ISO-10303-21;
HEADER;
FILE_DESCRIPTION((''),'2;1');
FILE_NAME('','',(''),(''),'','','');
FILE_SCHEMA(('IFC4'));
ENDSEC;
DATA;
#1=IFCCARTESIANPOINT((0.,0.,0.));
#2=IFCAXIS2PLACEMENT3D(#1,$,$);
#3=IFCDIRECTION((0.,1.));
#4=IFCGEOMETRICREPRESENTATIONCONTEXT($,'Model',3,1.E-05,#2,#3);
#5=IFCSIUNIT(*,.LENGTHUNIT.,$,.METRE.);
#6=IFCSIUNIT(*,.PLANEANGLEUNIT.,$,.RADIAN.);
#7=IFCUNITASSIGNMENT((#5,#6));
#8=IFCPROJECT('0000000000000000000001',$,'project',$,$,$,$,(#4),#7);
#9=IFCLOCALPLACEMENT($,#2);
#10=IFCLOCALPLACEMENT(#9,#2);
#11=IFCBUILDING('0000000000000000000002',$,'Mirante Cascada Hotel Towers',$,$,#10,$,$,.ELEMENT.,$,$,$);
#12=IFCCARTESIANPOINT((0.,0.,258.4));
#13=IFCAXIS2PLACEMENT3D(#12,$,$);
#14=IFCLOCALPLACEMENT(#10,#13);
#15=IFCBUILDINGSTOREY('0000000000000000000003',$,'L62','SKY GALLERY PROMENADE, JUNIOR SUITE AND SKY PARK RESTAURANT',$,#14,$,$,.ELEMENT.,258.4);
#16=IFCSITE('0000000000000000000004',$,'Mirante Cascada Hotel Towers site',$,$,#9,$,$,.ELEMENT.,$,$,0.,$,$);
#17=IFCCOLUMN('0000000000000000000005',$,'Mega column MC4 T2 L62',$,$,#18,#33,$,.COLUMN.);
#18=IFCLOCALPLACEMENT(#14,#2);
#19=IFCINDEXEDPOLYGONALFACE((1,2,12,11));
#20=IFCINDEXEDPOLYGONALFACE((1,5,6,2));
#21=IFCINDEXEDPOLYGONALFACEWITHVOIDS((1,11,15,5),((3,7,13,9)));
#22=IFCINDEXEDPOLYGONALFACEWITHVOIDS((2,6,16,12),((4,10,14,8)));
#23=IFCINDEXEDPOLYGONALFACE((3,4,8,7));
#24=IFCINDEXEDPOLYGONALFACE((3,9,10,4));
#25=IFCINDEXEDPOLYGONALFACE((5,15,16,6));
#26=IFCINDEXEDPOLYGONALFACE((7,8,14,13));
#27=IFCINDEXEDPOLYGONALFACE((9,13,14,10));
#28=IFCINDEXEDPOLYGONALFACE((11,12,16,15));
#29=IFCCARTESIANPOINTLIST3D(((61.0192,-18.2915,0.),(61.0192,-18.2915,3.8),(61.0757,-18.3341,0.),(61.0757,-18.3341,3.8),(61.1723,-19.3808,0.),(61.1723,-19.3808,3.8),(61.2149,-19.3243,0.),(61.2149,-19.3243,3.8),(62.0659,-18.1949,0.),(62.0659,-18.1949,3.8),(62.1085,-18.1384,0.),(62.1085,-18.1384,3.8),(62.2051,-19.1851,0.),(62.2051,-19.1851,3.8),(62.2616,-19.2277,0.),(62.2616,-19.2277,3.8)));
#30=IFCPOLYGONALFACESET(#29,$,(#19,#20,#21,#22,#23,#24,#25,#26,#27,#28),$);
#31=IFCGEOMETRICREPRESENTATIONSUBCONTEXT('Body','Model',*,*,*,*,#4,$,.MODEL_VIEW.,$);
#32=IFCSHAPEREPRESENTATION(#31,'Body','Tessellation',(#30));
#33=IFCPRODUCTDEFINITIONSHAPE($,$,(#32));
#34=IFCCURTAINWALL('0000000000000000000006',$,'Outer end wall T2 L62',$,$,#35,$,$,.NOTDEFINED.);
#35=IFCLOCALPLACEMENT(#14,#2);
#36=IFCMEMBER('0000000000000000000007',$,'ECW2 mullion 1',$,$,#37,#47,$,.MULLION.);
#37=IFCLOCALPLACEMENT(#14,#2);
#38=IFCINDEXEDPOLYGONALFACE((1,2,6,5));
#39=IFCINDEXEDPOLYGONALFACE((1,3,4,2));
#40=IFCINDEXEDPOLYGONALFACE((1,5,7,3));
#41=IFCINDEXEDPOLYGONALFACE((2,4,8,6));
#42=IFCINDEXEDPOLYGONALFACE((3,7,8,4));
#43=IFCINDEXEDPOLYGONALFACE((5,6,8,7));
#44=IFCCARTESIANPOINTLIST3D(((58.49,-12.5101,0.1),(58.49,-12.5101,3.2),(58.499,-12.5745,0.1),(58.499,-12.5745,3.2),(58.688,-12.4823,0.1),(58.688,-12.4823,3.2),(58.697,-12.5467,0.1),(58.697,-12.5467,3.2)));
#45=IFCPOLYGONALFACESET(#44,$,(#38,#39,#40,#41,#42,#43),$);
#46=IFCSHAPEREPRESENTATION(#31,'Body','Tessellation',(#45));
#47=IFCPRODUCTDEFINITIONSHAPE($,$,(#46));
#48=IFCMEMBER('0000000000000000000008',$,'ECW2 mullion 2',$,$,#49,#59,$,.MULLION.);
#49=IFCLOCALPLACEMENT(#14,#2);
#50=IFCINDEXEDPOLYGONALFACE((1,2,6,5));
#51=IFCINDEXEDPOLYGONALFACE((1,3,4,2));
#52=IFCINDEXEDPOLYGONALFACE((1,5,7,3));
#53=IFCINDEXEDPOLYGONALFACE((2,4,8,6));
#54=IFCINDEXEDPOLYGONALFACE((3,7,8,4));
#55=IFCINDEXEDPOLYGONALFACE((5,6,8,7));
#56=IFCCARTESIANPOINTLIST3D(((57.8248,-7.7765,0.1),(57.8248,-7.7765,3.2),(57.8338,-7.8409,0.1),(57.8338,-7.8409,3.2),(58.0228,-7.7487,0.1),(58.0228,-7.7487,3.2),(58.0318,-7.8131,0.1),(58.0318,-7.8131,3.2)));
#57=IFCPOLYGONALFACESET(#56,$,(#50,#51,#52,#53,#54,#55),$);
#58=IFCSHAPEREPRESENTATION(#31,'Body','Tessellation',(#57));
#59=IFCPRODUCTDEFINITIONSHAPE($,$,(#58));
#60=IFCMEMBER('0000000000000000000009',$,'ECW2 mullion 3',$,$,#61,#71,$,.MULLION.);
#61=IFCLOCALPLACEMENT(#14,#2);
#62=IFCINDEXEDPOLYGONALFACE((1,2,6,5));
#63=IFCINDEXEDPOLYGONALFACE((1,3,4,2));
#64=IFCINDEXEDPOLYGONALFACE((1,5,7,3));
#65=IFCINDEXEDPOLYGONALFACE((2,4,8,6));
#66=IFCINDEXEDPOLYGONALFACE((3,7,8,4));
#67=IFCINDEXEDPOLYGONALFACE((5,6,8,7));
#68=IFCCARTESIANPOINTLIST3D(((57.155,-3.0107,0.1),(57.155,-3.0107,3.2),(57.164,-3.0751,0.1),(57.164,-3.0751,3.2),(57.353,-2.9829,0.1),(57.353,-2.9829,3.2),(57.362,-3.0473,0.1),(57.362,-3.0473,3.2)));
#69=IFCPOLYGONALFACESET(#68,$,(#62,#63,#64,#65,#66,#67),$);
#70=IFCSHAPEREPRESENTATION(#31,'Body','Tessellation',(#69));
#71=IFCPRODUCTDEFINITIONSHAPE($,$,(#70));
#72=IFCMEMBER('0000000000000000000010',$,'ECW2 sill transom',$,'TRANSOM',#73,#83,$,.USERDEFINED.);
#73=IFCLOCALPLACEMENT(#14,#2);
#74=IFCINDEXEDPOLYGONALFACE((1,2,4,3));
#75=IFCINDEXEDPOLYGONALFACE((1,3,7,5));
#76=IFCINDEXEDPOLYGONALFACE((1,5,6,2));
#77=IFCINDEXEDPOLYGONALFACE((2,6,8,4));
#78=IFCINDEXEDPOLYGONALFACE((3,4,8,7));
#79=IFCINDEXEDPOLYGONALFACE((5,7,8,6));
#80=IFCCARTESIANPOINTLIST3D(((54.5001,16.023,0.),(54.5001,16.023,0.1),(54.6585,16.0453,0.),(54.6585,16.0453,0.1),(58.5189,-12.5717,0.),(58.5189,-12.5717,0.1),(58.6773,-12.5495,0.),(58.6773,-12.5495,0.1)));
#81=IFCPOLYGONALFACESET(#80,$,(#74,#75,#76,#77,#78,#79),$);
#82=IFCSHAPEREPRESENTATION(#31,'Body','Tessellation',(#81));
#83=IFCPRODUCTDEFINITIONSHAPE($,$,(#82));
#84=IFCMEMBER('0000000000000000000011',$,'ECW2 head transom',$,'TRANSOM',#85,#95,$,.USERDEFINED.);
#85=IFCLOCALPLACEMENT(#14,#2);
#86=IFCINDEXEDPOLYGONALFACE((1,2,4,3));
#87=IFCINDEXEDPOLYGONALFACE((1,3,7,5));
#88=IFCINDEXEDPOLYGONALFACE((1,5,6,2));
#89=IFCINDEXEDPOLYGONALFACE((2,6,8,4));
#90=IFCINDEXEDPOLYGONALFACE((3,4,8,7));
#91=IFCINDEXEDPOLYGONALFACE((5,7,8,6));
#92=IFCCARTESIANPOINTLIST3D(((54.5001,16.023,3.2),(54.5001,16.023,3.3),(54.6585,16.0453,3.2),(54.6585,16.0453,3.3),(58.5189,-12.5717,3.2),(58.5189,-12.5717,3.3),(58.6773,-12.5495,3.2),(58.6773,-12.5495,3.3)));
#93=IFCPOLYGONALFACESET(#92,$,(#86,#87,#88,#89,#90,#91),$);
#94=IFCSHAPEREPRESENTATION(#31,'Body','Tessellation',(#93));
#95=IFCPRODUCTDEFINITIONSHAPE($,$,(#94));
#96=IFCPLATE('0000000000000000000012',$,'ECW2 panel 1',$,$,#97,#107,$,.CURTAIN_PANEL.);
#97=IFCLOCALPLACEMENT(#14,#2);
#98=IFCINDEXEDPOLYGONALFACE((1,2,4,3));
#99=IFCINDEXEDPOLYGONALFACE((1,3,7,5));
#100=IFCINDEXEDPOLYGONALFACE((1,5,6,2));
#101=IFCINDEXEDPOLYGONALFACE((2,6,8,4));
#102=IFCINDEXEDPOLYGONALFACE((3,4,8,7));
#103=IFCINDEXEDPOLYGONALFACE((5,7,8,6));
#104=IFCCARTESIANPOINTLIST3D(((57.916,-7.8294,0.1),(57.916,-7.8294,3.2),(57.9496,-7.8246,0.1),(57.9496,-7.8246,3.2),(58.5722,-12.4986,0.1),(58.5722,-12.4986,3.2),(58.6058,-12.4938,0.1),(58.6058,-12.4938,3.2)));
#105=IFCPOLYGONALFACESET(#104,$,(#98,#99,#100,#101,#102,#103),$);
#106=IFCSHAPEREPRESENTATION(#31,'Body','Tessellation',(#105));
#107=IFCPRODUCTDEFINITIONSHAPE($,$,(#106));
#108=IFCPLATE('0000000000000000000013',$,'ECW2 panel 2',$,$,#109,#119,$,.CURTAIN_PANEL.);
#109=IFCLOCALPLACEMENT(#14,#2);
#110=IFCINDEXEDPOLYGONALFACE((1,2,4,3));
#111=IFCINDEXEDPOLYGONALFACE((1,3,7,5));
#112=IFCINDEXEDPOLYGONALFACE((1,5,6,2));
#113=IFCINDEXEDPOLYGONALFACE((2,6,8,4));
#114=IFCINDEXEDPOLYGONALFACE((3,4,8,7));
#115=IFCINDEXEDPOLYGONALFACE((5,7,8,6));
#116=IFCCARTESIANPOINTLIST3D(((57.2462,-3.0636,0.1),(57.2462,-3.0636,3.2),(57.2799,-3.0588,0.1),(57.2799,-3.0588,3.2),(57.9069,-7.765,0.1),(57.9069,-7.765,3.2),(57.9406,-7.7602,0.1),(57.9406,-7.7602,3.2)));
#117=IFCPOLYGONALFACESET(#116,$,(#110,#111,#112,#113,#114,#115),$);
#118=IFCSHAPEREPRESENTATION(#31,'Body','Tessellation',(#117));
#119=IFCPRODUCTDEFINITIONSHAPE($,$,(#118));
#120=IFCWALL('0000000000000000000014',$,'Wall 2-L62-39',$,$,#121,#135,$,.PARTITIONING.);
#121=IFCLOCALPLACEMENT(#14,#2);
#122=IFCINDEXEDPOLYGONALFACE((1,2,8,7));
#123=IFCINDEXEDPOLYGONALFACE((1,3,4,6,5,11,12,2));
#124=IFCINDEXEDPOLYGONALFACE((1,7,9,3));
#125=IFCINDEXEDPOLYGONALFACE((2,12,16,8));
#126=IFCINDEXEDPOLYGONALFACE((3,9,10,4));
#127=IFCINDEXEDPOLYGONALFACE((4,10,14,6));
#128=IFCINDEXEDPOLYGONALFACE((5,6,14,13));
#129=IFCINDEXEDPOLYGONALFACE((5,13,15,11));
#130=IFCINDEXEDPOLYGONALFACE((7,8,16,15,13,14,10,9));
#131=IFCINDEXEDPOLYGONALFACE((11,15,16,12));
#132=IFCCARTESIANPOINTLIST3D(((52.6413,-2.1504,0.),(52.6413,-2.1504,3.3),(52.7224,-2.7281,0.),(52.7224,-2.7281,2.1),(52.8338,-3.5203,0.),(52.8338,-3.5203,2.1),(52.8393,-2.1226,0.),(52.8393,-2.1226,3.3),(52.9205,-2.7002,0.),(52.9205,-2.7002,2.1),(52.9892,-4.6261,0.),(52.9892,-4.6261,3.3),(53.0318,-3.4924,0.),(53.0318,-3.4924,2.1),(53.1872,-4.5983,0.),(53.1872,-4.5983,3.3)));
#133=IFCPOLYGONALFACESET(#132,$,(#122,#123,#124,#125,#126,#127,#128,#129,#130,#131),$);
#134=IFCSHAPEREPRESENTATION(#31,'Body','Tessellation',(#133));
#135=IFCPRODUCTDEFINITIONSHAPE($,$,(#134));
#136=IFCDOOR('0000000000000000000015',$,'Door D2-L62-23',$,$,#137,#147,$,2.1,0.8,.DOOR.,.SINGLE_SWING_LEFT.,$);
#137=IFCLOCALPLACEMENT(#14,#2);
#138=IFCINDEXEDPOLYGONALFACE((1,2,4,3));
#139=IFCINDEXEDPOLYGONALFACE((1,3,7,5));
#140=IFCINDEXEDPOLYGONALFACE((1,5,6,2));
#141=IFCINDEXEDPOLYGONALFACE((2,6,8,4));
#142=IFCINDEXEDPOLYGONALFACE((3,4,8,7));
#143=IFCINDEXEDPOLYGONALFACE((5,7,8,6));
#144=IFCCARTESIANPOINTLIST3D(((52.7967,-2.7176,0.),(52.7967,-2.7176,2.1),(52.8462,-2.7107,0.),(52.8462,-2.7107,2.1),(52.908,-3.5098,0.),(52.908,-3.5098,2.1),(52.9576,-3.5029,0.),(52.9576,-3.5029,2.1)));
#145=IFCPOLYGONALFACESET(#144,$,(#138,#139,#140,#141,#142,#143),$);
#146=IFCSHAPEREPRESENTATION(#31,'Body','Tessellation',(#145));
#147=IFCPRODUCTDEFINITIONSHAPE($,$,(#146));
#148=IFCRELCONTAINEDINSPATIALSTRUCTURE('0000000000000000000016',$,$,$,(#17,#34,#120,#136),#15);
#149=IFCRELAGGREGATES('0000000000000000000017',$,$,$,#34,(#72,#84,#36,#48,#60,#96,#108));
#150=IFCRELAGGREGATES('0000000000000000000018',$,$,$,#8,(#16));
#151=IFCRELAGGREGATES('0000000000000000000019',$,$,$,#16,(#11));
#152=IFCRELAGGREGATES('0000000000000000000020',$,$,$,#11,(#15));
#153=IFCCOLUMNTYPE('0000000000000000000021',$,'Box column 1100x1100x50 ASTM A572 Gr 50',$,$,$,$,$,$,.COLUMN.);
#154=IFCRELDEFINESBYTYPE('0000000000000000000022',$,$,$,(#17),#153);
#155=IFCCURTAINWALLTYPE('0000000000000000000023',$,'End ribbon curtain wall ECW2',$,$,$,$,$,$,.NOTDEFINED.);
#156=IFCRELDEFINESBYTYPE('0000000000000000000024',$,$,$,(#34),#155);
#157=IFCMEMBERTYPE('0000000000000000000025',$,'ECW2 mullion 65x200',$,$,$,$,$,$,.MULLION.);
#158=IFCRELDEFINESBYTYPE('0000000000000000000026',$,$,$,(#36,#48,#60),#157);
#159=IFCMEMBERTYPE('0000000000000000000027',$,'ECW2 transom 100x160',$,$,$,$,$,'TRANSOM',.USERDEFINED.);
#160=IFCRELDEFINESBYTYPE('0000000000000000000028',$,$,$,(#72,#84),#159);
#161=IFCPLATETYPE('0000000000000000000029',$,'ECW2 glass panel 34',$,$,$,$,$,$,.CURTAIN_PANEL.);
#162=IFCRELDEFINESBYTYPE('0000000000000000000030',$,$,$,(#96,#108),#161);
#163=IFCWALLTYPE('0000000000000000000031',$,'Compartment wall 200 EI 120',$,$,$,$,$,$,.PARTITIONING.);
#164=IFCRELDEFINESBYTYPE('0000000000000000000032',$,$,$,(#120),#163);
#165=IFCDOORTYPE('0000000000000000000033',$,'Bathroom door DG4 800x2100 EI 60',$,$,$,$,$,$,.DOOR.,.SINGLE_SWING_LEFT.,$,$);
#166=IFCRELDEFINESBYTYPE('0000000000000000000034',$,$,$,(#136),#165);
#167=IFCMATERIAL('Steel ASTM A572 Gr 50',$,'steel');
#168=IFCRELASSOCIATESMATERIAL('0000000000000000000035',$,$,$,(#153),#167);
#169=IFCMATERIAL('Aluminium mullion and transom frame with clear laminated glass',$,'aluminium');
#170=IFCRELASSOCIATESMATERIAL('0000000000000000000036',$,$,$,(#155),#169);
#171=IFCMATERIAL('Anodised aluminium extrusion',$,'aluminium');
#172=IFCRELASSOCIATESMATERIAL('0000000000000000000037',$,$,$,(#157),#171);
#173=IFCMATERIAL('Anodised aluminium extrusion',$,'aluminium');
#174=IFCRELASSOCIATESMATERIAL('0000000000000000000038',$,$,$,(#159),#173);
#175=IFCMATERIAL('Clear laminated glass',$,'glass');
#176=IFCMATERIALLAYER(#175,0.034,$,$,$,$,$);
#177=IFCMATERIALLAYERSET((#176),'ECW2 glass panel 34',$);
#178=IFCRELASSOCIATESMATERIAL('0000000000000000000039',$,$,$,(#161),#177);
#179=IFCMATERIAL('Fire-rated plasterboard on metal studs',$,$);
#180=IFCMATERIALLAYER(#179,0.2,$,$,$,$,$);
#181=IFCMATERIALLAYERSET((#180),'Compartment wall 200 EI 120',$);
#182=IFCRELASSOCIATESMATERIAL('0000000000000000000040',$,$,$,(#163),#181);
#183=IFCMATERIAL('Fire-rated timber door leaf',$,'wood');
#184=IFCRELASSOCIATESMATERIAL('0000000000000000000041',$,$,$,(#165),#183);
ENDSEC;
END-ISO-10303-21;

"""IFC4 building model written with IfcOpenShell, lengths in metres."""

from ifc_helpers import new_model, si_unit, direction, frame, frame_2d, origin, origin_2d, place, context, subcontext, project, spatial, rectangle, hollow_rectangle, extrude, material, layer, layer_set, material_profile, profile_set, type_object, element, fill, aggregate, save


model = new_model("IFC4")

# Units and contexts
model_context = context("Model", 3, precision=1e-05, world=origin(), true_north=direction((0.0, 1.0)))
body_context = subcontext(model_context, "Body", "Model", "MODEL_VIEW")
ifc_project = project(units=[si_unit("LENGTHUNIT", "METRE"), si_unit("PLANEANGLEUNIT", "RADIAN")], contexts=[model_context])

# Site, building, storey
site_placement = place(None, origin())
site = spatial("IfcSite", under=ifc_project, at=site_placement, Name="Mirante Cascada Hotel Towers site", CompositionType="ELEMENT", RefElevation=0.0)
building_placement = place(site_placement, origin())
building = spatial("IfcBuilding", under=site, at=building_placement, Name="Mirante Cascada Hotel Towers", CompositionType="ELEMENT")
storey_placement = place(building_placement, frame((0.0, 0.0, 258.4)))
storey = spatial("IfcBuildingStorey", under=building, at=storey_placement, Name="L62", Description="SKY GALLERY PROMENADE, JUNIOR SUITE AND SKY PARK RESTAURANT", CompositionType="ELEMENT", Elevation=258.4)

# Column
ifc_material_1 = material(Name="Steel ASTM A572 Gr 50", Category="steel")
ifc_material_profile_1 = material_profile(ifc_material_1, hollow_rectangle(XDim=1.1, YDim=1.1, WallThickness=0.05, at=origin_2d()), Name="Box column 1100x1100x50 ASTM A572 Gr 50")
ifc_profile_set_1 = profile_set([ifc_material_profile_1], Name="Steel ASTM A572 Gr 50")
column_type = type_object("IfcColumnType", Name="Box column 1100x1100x50 ASTM A572 Gr 50", PredefinedType="COLUMN", material=ifc_profile_set_1)
column_placement = place(storey_placement, frame((61.6404, -18.7596, 0.0), z_axis=(0.0, 0.0, 1.0), x_axis=(0.990268, 0.139173, 0.0)))
element("IfcColumn", 1, at=column_placement, inside=storey, type_object=column_type, Name="Mega column MC4 T2 L62", PredefinedType="COLUMN", context=body_context, shape_type="SweptSolid", body=[
    extrude(hollow_rectangle(XDim=1.1, YDim=1.1, WallThickness=0.05, at=origin_2d()), origin(), (0.0, 0.0, 1.0), 3.8),
])

# Curtain wall, members, plates
ifc_material_2 = material(Name="Aluminium mullion and transom frame with clear laminated glass", Category="aluminium")
curtain_wall_type = type_object("IfcCurtainWallType", Name="End ribbon curtain wall ECW2", PredefinedType="NOTDEFINED", material=ifc_material_2)
curtain_wall_placement = place(storey_placement, origin())
curtain_wall = element("IfcCurtainWall", 2, at=curtain_wall_placement, inside=storey, type_object=curtain_wall_type, Name="Outer end wall T2 L62", PredefinedType="NOTDEFINED")
ifc_material_3 = material(Name="Anodised aluminium extrusion", Category="aluminium")
ifc_material_profile_2 = material_profile(ifc_material_3, rectangle(XDim=0.2, YDim=0.065, at=origin_2d()), Name="ECW2 MULLION 65x200")
ifc_profile_set_2 = profile_set([ifc_material_profile_2], Name="Anodised aluminium extrusion")
member_type_1 = type_object("IfcMemberType", Name="ECW2 mullion 65x200", PredefinedType="MULLION", material=ifc_profile_set_2)
member_1_placement = place(storey_placement, frame((58.5935, -12.5284, 0.1), z_axis=(0.0, 0.0, 1.0), x_axis=(-0.990268, -0.139173, 0.0)))
member_1 = element("IfcMember", 3, at=member_1_placement, type_object=member_type_1, Name="ECW2 mullion 1", PredefinedType="MULLION", context=body_context, shape_type="SweptSolid", body=[
    extrude(rectangle(XDim=0.2, YDim=0.065, at=origin_2d()), origin(), (0.0, 0.0, 1.0), 3.1),
])
member_2_placement = place(storey_placement, frame((57.9283, -7.7948, 0.1), z_axis=(0.0, 0.0, 1.0), x_axis=(-0.990268, -0.139173, 0.0)))
member_2 = element("IfcMember", 4, at=member_2_placement, type_object=member_type_1, Name="ECW2 mullion 2", PredefinedType="MULLION", context=body_context, shape_type="SweptSolid", body=[
    extrude(rectangle(XDim=0.2, YDim=0.065, at=origin_2d()), origin(), (0.0, 0.0, 1.0), 3.1),
])
member_3_placement = place(storey_placement, frame((57.2585, -3.029, 0.1), z_axis=(0.0, 0.0, 1.0), x_axis=(-0.990268, -0.139173, 0.0)))
member_3 = element("IfcMember", 5, at=member_3_placement, type_object=member_type_1, Name="ECW2 mullion 3", PredefinedType="MULLION", context=body_context, shape_type="SweptSolid", body=[
    extrude(rectangle(XDim=0.2, YDim=0.065, at=origin_2d()), origin(), (0.0, 0.0, 1.0), 3.1),
])
ifc_material_4 = material(Name="Anodised aluminium extrusion", Category="aluminium")
ifc_material_profile_3 = material_profile(ifc_material_4, rectangle(XDim=0.16, YDim=0.1, at=origin_2d()), Name="ECW2 TRANSOM 100x160")
ifc_profile_set_3 = profile_set([ifc_material_profile_3], Name="Anodised aluminium extrusion")
member_type_2 = type_object("IfcMemberType", Name="ECW2 transom 100x160", ElementType="TRANSOM", PredefinedType="USERDEFINED", material=ifc_profile_set_3)
member_4_placement = place(storey_placement, frame((58.5981, -12.5606, 0.05), z_axis=(-0.139175, 0.990268, 0.0), x_axis=(-0.990268, -0.139175, 0.0)))
member_4 = element("IfcMember", 6, at=member_4_placement, type_object=member_type_2, Name="ECW2 sill transom", ObjectType="TRANSOM", PredefinedType="USERDEFINED", context=body_context, shape_type="SweptSolid", body=[
    extrude(rectangle(XDim=0.16, YDim=0.1, at=origin_2d()), origin(), (0.0, 0.0, 1.0), 28.8758),
])
member_5_placement = place(storey_placement, frame((58.5981, -12.5606, 3.25), z_axis=(-0.139175, 0.990268, 0.0), x_axis=(-0.990268, -0.139175, 0.0)))
member_5 = element("IfcMember", 7, at=member_5_placement, type_object=member_type_2, Name="ECW2 head transom", ObjectType="TRANSOM", PredefinedType="USERDEFINED", context=body_context, shape_type="SweptSolid", body=[
    extrude(rectangle(XDim=0.16, YDim=0.1, at=origin_2d()), origin(), (0.0, 0.0, 1.0), 28.8758),
])
ifc_material_5 = material(Name="Clear laminated glass", Category="glass")
ifc_layer_1 = layer(ifc_material_5, 0.034)
ifc_layer_set_1 = layer_set([ifc_layer_1], Name="ECW2 glass panel 34")
plate_type = type_object("IfcPlateType", Name="ECW2 glass panel 34", PredefinedType="CURTAIN_PANEL", material=ifc_layer_set_1)
plate_1_placement = place(storey_placement, frame((58.2609, -10.1616, 0.1), z_axis=(0.0, 0.0, 1.0), x_axis=(-0.139173, 0.990268, 0.0)))
plate_1 = element("IfcPlate", 8, at=plate_1_placement, type_object=plate_type, Name="ECW2 panel 1", PredefinedType="CURTAIN_PANEL", context=body_context, shape_type="SweptSolid", body=[
    extrude(rectangle(XDim=4.7151, YDim=0.034, at=origin_2d()), origin(), (0.0, 0.0, 1.0), 3.1),
])
plate_2_placement = place(storey_placement, frame((57.5934, -5.4119, 0.1), z_axis=(0.0, 0.0, 1.0), x_axis=(-0.139173, 0.990268, 0.0)))
plate_2 = element("IfcPlate", 9, at=plate_2_placement, type_object=plate_type, Name="ECW2 panel 2", PredefinedType="CURTAIN_PANEL", context=body_context, shape_type="SweptSolid", body=[
    extrude(rectangle(XDim=4.7476, YDim=0.034, at=origin_2d()), origin(), (0.0, 0.0, 1.0), 3.1),
])
aggregate(curtain_wall, [member_4, member_5, member_1, member_2, member_3, plate_1, plate_2])

# Wall, opening, door
ifc_material_6 = material(Name="Fire-rated plasterboard on metal studs")
ifc_layer_2 = layer(ifc_material_6, 0.2)
ifc_layer_set_2 = layer_set([ifc_layer_2], Name="Compartment wall 200 EI 120")
wall_type_1 = type_object("IfcWallType", Name="Compartment wall 200 EI 120", PredefinedType="PARTITIONING", material=ifc_layer_set_2)
wall_1_placement = place(storey_placement, frame((53.0882, -4.6122, 0.0), z_axis=(0.0, 0.0, 1.0), x_axis=(-0.139159, 0.99027, 0.0)))
wall_1 = element("IfcWall", 10, at=wall_1_placement, inside=storey, type_object=wall_type_1, Name="Wall 2-L62-39", PredefinedType="PARTITIONING", context=body_context, shape_type="SweptSolid", body=[
    extrude(rectangle(XDim=2.5, YDim=0.2, at=frame_2d((1.25, 0.0))), origin(), (0.0, 0.0, 1.0), 3.3),
])
opening_1_placement = place(wall_1_placement, frame((1.1167, 0.0, 0.0)))
opening_1 = element("IfcOpeningElement", 11, at=opening_1_placement, cuts=wall_1, PredefinedType="OPENING", context=body_context, shape_type="SweptSolid", body=[
    extrude(rectangle(XDim=0.8, YDim=2.1, at=frame_2d((0.4, 1.05))), frame((0.0, 0.1, 0.0), z_axis=(0.0, -1.0, 0.0), x_axis=(1.0, 0.0, 0.0)), (0.0, 0.0, 1.0), 0.2),
])
ifc_material_7 = material(Name="Fire-rated timber door leaf", Category="wood")
door_type_1 = type_object("IfcDoorType", Name="Bathroom door DG4 800x2100 EI 60", OperationType="SINGLE_SWING_LEFT", PredefinedType="DOOR", material=ifc_material_7)
door_1_placement = place(opening_1_placement, origin())
door_1 = element("IfcDoor", 12, at=door_1_placement, inside=storey, type_object=door_type_1, Name="Door D2-L62-23", OperationType="SINGLE_SWING_LEFT", OverallHeight=2.1, OverallWidth=0.8, PredefinedType="DOOR", context=body_context, shape_type="SweptSolid", body=[
    extrude(rectangle(XDim=0.8, YDim=2.1, at=frame_2d((0.4, 1.05))), frame((0.0, 0.025, 0.0), z_axis=(0.0, -1.0, 0.0), x_axis=(1.0, 0.0, 0.0)), (0.0, 0.0, 1.0), 0.05),
])
fill(opening_1, door_1)

save(model, "model.ifc")
